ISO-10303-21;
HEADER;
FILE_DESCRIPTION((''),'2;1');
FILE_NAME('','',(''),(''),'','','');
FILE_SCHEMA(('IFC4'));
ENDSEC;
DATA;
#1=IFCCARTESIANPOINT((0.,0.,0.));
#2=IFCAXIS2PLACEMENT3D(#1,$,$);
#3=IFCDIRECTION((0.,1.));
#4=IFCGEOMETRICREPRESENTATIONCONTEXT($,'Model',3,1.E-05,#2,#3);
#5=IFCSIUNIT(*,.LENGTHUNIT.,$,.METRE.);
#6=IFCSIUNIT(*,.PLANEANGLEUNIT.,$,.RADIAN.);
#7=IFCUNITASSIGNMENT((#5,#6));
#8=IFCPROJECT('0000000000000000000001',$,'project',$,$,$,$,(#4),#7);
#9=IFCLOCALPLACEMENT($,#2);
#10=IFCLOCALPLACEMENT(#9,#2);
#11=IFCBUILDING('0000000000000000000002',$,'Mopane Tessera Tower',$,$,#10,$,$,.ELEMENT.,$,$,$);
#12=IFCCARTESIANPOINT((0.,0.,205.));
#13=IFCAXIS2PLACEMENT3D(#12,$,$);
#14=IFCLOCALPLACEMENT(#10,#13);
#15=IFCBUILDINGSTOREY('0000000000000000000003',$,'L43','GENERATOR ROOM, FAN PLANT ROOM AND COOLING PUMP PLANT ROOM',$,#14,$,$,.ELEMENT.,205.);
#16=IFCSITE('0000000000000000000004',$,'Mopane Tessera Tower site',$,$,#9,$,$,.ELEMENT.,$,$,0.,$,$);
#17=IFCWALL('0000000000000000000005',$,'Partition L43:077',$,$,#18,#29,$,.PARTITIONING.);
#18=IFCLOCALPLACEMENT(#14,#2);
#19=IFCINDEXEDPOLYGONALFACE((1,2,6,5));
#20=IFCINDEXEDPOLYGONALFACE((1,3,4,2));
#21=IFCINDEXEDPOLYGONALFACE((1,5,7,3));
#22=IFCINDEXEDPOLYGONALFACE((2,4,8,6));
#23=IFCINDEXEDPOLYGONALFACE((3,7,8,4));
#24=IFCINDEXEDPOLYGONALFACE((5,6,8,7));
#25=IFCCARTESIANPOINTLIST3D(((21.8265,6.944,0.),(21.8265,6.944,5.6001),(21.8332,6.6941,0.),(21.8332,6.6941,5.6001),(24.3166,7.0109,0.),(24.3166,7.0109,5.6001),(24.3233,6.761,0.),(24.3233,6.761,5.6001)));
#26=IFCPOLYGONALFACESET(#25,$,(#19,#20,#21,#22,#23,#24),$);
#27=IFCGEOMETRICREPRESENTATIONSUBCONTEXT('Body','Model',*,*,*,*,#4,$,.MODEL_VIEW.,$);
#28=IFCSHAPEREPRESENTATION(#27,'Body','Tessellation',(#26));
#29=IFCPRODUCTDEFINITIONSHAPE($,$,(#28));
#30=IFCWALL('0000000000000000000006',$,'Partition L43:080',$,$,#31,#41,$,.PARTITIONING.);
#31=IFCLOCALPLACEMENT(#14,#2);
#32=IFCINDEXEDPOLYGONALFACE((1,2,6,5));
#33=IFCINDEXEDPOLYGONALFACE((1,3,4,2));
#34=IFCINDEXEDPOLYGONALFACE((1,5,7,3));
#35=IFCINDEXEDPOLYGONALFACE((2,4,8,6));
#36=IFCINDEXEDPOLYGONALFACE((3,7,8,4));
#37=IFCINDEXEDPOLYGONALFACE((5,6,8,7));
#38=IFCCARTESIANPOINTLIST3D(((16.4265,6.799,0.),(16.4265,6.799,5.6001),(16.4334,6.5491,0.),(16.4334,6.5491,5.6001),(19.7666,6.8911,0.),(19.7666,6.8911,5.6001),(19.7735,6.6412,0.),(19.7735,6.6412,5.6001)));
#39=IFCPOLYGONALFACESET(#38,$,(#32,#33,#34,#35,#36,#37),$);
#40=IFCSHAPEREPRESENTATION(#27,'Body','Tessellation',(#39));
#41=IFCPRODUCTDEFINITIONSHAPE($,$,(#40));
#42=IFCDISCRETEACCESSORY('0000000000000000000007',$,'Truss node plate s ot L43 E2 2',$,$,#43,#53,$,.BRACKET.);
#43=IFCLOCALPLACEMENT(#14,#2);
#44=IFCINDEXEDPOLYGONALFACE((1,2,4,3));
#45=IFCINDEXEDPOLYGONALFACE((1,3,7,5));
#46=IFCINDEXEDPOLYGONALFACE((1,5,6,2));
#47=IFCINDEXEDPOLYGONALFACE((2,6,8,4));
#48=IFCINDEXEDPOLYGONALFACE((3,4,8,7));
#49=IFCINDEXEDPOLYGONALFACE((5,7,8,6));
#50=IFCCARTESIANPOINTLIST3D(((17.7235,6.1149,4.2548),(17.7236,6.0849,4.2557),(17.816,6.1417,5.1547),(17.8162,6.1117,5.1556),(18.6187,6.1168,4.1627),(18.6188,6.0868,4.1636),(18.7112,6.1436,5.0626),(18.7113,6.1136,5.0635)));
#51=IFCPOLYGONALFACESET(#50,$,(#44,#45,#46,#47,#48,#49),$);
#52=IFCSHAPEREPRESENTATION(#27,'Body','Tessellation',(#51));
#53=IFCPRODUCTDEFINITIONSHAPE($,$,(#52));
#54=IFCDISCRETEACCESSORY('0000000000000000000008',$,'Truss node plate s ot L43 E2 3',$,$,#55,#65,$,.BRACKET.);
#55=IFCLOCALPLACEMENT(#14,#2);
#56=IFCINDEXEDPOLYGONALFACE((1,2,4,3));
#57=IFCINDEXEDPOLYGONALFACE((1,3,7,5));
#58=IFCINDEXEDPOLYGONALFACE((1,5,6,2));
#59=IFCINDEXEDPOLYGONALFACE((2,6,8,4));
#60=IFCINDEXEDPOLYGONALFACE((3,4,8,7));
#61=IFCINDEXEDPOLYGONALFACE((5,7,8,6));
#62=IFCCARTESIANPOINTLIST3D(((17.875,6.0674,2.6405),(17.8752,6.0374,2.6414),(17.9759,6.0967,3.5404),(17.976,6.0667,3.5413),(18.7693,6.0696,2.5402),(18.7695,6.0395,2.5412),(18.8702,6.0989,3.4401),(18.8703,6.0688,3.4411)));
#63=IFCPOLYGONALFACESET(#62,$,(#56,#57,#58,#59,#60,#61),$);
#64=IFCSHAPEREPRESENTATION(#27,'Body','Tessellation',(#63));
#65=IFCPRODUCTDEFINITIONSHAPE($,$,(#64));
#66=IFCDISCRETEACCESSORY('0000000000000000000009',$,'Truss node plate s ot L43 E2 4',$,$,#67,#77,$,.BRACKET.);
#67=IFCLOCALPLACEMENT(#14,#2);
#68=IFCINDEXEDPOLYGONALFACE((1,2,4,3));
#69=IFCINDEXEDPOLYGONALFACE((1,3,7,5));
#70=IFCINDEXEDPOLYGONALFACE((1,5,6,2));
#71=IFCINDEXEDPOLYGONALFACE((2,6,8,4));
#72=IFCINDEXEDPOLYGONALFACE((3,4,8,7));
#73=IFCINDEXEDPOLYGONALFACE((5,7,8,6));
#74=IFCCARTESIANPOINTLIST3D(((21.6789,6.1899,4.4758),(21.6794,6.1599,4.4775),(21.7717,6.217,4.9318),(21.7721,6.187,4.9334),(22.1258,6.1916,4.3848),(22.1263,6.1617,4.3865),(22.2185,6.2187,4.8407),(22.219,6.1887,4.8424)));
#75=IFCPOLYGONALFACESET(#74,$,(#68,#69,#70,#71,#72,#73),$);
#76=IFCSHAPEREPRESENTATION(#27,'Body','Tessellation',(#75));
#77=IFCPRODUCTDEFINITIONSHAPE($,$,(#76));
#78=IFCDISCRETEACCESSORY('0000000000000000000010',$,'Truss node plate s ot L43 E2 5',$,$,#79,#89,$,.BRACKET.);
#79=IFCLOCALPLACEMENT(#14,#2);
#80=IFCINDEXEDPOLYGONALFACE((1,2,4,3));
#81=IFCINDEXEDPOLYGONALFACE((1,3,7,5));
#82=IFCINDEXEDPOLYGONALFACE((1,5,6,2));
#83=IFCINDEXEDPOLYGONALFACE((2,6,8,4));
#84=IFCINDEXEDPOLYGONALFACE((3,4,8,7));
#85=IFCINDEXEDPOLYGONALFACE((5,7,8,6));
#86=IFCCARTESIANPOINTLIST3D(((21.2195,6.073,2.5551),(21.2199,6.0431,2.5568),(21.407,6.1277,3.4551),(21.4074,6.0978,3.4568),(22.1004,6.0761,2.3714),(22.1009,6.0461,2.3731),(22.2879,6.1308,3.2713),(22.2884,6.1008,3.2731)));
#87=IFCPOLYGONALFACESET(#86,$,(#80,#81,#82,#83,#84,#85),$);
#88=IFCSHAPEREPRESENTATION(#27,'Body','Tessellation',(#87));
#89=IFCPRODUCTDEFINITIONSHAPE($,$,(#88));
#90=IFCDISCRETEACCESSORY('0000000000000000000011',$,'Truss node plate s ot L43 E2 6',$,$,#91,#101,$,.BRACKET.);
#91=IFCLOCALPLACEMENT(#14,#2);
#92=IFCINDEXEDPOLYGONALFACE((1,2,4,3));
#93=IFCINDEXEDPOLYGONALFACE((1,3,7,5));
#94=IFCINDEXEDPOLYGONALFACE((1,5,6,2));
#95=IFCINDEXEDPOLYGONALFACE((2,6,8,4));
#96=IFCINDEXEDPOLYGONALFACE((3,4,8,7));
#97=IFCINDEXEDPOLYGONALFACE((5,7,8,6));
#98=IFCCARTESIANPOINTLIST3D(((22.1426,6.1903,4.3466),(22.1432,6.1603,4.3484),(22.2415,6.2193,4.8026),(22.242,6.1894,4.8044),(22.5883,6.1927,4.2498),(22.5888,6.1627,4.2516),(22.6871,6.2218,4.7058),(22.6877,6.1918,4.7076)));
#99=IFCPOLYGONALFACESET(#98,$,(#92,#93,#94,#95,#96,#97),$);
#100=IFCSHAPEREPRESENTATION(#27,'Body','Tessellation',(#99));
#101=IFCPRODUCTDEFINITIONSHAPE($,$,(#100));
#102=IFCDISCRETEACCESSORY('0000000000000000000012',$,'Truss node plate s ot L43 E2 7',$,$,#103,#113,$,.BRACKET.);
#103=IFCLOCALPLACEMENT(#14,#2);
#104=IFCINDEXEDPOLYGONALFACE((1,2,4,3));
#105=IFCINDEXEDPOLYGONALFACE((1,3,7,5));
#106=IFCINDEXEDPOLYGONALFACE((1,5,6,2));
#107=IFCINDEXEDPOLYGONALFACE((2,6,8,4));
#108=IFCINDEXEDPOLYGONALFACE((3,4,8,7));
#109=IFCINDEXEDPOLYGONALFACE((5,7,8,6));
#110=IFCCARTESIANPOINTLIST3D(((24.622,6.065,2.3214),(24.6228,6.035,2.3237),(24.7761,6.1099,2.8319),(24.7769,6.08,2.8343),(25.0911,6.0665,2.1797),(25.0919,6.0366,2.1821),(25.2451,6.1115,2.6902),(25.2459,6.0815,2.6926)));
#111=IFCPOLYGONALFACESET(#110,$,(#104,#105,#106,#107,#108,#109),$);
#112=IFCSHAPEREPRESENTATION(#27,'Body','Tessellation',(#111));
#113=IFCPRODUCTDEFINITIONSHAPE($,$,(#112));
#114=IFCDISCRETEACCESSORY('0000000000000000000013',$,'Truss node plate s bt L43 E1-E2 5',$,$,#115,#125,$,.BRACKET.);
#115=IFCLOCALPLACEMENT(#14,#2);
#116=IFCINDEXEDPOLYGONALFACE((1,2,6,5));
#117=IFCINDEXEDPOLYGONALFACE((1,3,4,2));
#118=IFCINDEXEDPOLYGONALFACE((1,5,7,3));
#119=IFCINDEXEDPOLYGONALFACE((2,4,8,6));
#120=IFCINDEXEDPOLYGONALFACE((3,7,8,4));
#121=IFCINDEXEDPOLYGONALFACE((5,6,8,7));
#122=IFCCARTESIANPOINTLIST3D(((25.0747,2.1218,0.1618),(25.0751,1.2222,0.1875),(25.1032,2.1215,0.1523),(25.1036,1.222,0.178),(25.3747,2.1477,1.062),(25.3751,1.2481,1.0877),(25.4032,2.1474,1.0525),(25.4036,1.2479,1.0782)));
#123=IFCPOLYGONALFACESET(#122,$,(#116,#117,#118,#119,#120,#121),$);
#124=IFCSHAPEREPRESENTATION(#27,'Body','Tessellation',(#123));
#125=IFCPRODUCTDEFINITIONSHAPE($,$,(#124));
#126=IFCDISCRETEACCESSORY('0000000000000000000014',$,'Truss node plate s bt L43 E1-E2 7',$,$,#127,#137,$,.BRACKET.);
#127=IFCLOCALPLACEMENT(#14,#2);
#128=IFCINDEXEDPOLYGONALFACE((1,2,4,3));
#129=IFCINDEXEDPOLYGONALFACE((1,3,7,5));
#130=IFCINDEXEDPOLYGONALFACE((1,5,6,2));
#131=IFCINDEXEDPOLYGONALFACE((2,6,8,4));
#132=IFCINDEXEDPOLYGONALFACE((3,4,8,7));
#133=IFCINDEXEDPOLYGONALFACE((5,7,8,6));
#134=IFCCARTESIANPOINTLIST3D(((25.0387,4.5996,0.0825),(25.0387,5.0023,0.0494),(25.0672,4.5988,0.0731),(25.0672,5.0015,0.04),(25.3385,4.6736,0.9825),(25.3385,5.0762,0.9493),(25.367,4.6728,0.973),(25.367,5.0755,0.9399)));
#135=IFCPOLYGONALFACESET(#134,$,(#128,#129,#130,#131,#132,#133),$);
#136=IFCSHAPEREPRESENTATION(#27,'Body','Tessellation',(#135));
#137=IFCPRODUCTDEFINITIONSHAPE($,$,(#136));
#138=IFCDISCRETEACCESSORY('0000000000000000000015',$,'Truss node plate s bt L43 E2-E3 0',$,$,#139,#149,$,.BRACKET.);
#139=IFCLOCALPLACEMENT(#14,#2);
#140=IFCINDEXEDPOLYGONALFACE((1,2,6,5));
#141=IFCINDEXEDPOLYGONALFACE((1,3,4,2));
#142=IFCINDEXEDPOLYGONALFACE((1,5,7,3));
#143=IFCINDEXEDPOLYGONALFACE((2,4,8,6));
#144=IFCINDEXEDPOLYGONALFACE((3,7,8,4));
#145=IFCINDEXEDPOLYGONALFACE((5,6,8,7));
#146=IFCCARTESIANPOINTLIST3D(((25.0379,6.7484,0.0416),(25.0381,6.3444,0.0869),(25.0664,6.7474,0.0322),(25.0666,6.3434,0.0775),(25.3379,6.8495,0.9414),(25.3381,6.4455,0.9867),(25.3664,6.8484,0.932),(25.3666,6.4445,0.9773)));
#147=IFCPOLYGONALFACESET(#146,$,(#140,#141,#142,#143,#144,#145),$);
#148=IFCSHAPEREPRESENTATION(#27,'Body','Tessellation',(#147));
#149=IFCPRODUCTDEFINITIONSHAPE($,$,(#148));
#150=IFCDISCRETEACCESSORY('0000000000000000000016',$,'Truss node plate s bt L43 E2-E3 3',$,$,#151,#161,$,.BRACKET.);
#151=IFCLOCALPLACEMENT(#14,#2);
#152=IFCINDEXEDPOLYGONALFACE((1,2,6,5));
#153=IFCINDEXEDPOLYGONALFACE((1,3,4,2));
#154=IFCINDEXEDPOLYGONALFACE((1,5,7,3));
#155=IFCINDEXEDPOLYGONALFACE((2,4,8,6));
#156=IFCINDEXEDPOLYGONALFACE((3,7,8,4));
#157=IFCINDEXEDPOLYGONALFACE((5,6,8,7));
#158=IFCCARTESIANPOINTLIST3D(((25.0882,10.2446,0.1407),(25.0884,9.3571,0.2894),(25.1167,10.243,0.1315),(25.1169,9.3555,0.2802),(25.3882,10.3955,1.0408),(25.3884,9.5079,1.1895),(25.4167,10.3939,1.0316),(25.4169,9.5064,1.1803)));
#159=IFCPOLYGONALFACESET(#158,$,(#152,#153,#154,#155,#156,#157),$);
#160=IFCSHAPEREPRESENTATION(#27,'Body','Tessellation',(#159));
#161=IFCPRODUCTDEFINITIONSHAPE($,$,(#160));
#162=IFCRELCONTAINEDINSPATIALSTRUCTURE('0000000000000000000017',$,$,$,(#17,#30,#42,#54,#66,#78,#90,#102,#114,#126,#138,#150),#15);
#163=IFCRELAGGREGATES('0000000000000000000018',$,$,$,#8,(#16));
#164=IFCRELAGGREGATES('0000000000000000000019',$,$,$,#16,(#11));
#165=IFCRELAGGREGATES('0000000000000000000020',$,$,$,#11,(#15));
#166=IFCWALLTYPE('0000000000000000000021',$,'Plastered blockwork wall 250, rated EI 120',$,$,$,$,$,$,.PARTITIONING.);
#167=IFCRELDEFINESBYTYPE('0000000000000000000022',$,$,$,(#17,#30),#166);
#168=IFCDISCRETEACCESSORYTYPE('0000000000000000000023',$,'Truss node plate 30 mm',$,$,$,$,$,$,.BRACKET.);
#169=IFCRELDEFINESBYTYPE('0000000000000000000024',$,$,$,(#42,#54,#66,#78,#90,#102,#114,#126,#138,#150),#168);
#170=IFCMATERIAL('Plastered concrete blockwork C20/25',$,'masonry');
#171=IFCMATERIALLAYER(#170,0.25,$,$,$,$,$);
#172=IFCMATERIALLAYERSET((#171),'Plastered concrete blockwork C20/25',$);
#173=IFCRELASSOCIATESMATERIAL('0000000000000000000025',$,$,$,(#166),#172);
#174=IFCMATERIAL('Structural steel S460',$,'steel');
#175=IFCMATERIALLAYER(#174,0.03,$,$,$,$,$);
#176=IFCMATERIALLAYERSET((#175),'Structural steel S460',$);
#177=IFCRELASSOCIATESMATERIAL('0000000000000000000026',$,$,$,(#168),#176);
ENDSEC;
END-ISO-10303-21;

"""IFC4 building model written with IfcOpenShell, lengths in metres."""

from ifc_helpers import new_model, si_unit, direction, frame, frame_2d, origin, origin_2d, place, context, subcontext, project, spatial, rectangle, extrude, material, layer, layer_set, type_object, element, save


model = new_model("IFC4")

# Units and contexts
model_context = context("Model", 3, precision=1e-05, world=origin(), true_north=direction((0.0, 1.0)))
body_context = subcontext(model_context, "Body", "Model", "MODEL_VIEW")
ifc_project = project(units=[si_unit("LENGTHUNIT", "METRE"), si_unit("PLANEANGLEUNIT", "RADIAN")], contexts=[model_context])

# Site, building, storey
site_placement = place(None, origin())
site = spatial("IfcSite", under=ifc_project, at=site_placement, Name="Mopane Tessera Tower site", CompositionType="ELEMENT", RefElevation=0.0)
building_placement = place(site_placement, origin())
building = spatial("IfcBuilding", under=site, at=building_placement, Name="Mopane Tessera Tower", CompositionType="ELEMENT")
storey_placement = place(building_placement, frame((0.0, 0.0, 205.0)))
storey = spatial("IfcBuildingStorey", under=building, at=storey_placement, Name="L43", Description="GENERATOR ROOM, FAN PLANT ROOM AND COOLING PUMP PLANT ROOM", CompositionType="ELEMENT", Elevation=205.0)

# Shared definitions
ifc_material_1 = material(Name="Plastered concrete blockwork C20/25", Category="masonry")
ifc_layer_1 = layer(ifc_material_1, 0.25)
ifc_layer_set_1 = layer_set([ifc_layer_1], Name="Plastered concrete blockwork C20/25")
wall_type = type_object("IfcWallType", Name="Plastered blockwork wall 250, rated EI 120", PredefinedType="PARTITIONING", material=ifc_layer_set_1)

# Walls
wall_1_placement = place(storey_placement, frame((24.3201, 6.886, 0.0), z_axis=(0.0, 0.0, 1.0), x_axis=(-0.999639, -0.026856, 0.0)))
element("IfcWall", 1, at=wall_1_placement, inside=storey, type_object=wall_type, Name="Partition L43:077", PredefinedType="PARTITIONING", context=body_context, shape_type="SweptSolid", body=[
    extrude(rectangle(XDim=2.491, YDim=0.25, at=frame_2d((1.2456, 0.0))), origin(), (0.0, 0.0, 1.0), 5.6001),
])
wall_2_placement = place(storey_placement, frame((19.77, 6.7661, 0.0), z_axis=(0.0, 0.0, 1.0), x_axis=(-0.999621, -0.027546, 0.0)))
element("IfcWall", 2, at=wall_2_placement, inside=storey, type_object=wall_type, Name="Partition L43:080", PredefinedType="PARTITIONING", context=body_context, shape_type="SweptSolid", body=[
    extrude(rectangle(XDim=3.3413, YDim=0.25, at=frame_2d((1.6707, 0.0))), origin(), (0.0, 0.0, 1.0), 5.6001),
])

# Discrete accessories
ifc_material_2 = material(Name="Structural steel S460", Category="steel")
ifc_layer_2 = layer(ifc_material_2, 0.03)
ifc_layer_set_2 = layer_set([ifc_layer_2], Name="Structural steel S460")
discrete_accessory_type = type_object("IfcDiscreteAccessoryType", Name="Truss node plate 30 mm", PredefinedType="BRACKET", material=ifc_layer_set_2)
discrete_accessory_1_placement = place(storey_placement, frame((18.1711, 6.1008, 4.2092), z_axis=(0.102237, 0.029673, 0.994317), x_axis=(-0.005141, 0.999557, -0.029301)))
element("IfcDiscreteAccessory", 3, at=discrete_accessory_1_placement, inside=storey, type_object=discrete_accessory_type, Name="Truss node plate s ot L43 E2 2", PredefinedType="BRACKET", context=body_context, shape_type="SweptSolid", body=[
    extrude(rectangle(XDim=0.03, YDim=0.8999, at=origin_2d()), origin(), (0.0, 0.0, 1.0), 0.905),
])
discrete_accessory_2_placement = place(storey_placement, frame((18.3223, 6.0535, 2.5908), z_axis=(0.111291, 0.032336, 0.993262), x_axis=(-0.00599, 0.999474, -0.031867)))
element("IfcDiscreteAccessory", 4, at=discrete_accessory_2_placement, inside=storey, type_object=discrete_accessory_type, Name="Truss node plate s ot L43 E2 3", PredefinedType="BRACKET", context=body_context, shape_type="SweptSolid", body=[
    extrude(rectangle(XDim=0.03, YDim=0.8999, at=origin_2d()), origin(), (0.0, 0.0, 1.0), 0.906),
])
discrete_accessory_3_placement = place(storey_placement, frame((21.9026, 6.1758, 4.4312), z_axis=(0.199006, 0.058131, 0.978273), x_axis=(-0.015297, 0.998302, -0.056209)))
element("IfcDiscreteAccessory", 5, at=discrete_accessory_3_placement, inside=storey, type_object=discrete_accessory_type, Name="Truss node plate s ot L43 E2 4", PredefinedType="BRACKET", context=body_context, shape_type="SweptSolid", body=[
    extrude(rectangle(XDim=0.03, YDim=0.4561, at=origin_2d()), origin(), (0.0, 0.0, 1.0), 0.4661),
])
discrete_accessory_4_placement = place(storey_placement, frame((21.6602, 6.0596, 2.4641), z_axis=(0.203615, 0.059388, 0.977248), x_axis=(-0.015409, 0.998229, -0.057452)))
element("IfcDiscreteAccessory", 6, at=discrete_accessory_4_placement, inside=storey, type_object=discrete_accessory_type, Name="Truss node plate s ot L43 E2 5", PredefinedType="BRACKET", context=body_context, shape_type="SweptSolid", body=[
    extrude(rectangle(XDim=0.03, YDim=0.8999, at=origin_2d()), origin(), (0.0, 0.0, 1.0), 0.9209),
])
discrete_accessory_5_placement = place(storey_placement, frame((22.3657, 6.1765, 4.2991), z_axis=(0.211477, 0.062138, 0.975406), x_axis=(-0.018367, 0.998053, -0.059598)))
element("IfcDiscreteAccessory", 7, at=discrete_accessory_5_placement, inside=storey, type_object=discrete_accessory_type, Name="Truss node plate s ot L43 E2 6", PredefinedType="BRACKET", context=body_context, shape_type="SweptSolid", body=[
    extrude(rectangle(XDim=0.03, YDim=0.4561, at=origin_2d()), origin(), (0.0, 0.0, 1.0), 0.4675),
])
discrete_accessory_6_placement = place(storey_placement, frame((24.8569, 6.0508, 2.2517), z_axis=(0.287882, 0.083947, 0.95398), x_axis=(-0.02736, 0.996465, -0.079429)))
element("IfcDiscreteAccessory", 8, at=discrete_accessory_6_placement, inside=storey, type_object=discrete_accessory_type, Name="Truss node plate s ot L43 E2 7", PredefinedType="BRACKET", context=body_context, shape_type="SweptSolid", body=[
    extrude(rectangle(XDim=0.03, YDim=0.49, at=origin_2d()), origin(), (0.0, 0.0, 1.0), 0.5352),
])
discrete_accessory_7_placement = place(storey_placement, frame((25.0891, 1.6719, 0.1699), z_axis=(0.31611, 0.027264, 0.948331), x_axis=(-0.948722, 0.008608, 0.315993)))
element("IfcDiscreteAccessory", 9, at=discrete_accessory_7_placement, inside=storey, type_object=discrete_accessory_type, Name="Truss node plate s bt L43 E1-E2 5", PredefinedType="BRACKET", context=body_context, shape_type="SweptSolid", body=[
    extrude(rectangle(XDim=0.03, YDim=0.8999, at=origin_2d()), origin(), (0.0, 0.0, 1.0), 0.9492),
])
discrete_accessory_8_placement = place(storey_placement, frame((25.053, 4.8005, 0.0613), z_axis=(0.315116, 0.077753, 0.945863), x_axis=(-0.949053, 0.025875, 0.314052)))
element("IfcDiscreteAccessory", 10, at=discrete_accessory_8_placement, inside=storey, type_object=discrete_accessory_type, Name="Truss node plate s bt L43 E1-E2 7", PredefinedType="BRACKET", context=body_context, shape_type="SweptSolid", body=[
    extrude(rectangle(XDim=0.03, YDim=0.4041, at=origin_2d()), origin(), (0.0, 0.0, 1.0), 0.9514),
])
discrete_accessory_9_placement = place(storey_placement, frame((25.0522, 6.5459, 0.0596), z_axis=(0.314525, 0.105951, 0.943318), x_axis=(-0.949249, 0.034794, 0.312594)))
element("IfcDiscreteAccessory", 11, at=discrete_accessory_9_placement, inside=storey, type_object=discrete_accessory_type, Name="Truss node plate s bt L43 E2-E3 0", PredefinedType="BRACKET", context=body_context, shape_type="SweptSolid", body=[
    extrude(rectangle(XDim=0.03, YDim=0.4065, at=origin_2d()), origin(), (0.0, 0.0, 1.0), 0.9539),
])
discrete_accessory_10_placement = place(storey_placement, frame((25.1025, 9.8, 0.2104), z_axis=(0.312304, 0.157041, 0.936912), x_axis=(-0.949982, 0.0514, 0.308045)))
element("IfcDiscreteAccessory", 12, at=discrete_accessory_10_placement, inside=storey, type_object=discrete_accessory_type, Name="Truss node plate s bt L43 E2-E3 3", PredefinedType="BRACKET", context=body_context, shape_type="SweptSolid", body=[
    extrude(rectangle(XDim=0.03, YDim=0.8999, at=origin_2d()), origin(), (0.0, 0.0, 1.0), 0.9607),
])

save(model, "model.ifc")
